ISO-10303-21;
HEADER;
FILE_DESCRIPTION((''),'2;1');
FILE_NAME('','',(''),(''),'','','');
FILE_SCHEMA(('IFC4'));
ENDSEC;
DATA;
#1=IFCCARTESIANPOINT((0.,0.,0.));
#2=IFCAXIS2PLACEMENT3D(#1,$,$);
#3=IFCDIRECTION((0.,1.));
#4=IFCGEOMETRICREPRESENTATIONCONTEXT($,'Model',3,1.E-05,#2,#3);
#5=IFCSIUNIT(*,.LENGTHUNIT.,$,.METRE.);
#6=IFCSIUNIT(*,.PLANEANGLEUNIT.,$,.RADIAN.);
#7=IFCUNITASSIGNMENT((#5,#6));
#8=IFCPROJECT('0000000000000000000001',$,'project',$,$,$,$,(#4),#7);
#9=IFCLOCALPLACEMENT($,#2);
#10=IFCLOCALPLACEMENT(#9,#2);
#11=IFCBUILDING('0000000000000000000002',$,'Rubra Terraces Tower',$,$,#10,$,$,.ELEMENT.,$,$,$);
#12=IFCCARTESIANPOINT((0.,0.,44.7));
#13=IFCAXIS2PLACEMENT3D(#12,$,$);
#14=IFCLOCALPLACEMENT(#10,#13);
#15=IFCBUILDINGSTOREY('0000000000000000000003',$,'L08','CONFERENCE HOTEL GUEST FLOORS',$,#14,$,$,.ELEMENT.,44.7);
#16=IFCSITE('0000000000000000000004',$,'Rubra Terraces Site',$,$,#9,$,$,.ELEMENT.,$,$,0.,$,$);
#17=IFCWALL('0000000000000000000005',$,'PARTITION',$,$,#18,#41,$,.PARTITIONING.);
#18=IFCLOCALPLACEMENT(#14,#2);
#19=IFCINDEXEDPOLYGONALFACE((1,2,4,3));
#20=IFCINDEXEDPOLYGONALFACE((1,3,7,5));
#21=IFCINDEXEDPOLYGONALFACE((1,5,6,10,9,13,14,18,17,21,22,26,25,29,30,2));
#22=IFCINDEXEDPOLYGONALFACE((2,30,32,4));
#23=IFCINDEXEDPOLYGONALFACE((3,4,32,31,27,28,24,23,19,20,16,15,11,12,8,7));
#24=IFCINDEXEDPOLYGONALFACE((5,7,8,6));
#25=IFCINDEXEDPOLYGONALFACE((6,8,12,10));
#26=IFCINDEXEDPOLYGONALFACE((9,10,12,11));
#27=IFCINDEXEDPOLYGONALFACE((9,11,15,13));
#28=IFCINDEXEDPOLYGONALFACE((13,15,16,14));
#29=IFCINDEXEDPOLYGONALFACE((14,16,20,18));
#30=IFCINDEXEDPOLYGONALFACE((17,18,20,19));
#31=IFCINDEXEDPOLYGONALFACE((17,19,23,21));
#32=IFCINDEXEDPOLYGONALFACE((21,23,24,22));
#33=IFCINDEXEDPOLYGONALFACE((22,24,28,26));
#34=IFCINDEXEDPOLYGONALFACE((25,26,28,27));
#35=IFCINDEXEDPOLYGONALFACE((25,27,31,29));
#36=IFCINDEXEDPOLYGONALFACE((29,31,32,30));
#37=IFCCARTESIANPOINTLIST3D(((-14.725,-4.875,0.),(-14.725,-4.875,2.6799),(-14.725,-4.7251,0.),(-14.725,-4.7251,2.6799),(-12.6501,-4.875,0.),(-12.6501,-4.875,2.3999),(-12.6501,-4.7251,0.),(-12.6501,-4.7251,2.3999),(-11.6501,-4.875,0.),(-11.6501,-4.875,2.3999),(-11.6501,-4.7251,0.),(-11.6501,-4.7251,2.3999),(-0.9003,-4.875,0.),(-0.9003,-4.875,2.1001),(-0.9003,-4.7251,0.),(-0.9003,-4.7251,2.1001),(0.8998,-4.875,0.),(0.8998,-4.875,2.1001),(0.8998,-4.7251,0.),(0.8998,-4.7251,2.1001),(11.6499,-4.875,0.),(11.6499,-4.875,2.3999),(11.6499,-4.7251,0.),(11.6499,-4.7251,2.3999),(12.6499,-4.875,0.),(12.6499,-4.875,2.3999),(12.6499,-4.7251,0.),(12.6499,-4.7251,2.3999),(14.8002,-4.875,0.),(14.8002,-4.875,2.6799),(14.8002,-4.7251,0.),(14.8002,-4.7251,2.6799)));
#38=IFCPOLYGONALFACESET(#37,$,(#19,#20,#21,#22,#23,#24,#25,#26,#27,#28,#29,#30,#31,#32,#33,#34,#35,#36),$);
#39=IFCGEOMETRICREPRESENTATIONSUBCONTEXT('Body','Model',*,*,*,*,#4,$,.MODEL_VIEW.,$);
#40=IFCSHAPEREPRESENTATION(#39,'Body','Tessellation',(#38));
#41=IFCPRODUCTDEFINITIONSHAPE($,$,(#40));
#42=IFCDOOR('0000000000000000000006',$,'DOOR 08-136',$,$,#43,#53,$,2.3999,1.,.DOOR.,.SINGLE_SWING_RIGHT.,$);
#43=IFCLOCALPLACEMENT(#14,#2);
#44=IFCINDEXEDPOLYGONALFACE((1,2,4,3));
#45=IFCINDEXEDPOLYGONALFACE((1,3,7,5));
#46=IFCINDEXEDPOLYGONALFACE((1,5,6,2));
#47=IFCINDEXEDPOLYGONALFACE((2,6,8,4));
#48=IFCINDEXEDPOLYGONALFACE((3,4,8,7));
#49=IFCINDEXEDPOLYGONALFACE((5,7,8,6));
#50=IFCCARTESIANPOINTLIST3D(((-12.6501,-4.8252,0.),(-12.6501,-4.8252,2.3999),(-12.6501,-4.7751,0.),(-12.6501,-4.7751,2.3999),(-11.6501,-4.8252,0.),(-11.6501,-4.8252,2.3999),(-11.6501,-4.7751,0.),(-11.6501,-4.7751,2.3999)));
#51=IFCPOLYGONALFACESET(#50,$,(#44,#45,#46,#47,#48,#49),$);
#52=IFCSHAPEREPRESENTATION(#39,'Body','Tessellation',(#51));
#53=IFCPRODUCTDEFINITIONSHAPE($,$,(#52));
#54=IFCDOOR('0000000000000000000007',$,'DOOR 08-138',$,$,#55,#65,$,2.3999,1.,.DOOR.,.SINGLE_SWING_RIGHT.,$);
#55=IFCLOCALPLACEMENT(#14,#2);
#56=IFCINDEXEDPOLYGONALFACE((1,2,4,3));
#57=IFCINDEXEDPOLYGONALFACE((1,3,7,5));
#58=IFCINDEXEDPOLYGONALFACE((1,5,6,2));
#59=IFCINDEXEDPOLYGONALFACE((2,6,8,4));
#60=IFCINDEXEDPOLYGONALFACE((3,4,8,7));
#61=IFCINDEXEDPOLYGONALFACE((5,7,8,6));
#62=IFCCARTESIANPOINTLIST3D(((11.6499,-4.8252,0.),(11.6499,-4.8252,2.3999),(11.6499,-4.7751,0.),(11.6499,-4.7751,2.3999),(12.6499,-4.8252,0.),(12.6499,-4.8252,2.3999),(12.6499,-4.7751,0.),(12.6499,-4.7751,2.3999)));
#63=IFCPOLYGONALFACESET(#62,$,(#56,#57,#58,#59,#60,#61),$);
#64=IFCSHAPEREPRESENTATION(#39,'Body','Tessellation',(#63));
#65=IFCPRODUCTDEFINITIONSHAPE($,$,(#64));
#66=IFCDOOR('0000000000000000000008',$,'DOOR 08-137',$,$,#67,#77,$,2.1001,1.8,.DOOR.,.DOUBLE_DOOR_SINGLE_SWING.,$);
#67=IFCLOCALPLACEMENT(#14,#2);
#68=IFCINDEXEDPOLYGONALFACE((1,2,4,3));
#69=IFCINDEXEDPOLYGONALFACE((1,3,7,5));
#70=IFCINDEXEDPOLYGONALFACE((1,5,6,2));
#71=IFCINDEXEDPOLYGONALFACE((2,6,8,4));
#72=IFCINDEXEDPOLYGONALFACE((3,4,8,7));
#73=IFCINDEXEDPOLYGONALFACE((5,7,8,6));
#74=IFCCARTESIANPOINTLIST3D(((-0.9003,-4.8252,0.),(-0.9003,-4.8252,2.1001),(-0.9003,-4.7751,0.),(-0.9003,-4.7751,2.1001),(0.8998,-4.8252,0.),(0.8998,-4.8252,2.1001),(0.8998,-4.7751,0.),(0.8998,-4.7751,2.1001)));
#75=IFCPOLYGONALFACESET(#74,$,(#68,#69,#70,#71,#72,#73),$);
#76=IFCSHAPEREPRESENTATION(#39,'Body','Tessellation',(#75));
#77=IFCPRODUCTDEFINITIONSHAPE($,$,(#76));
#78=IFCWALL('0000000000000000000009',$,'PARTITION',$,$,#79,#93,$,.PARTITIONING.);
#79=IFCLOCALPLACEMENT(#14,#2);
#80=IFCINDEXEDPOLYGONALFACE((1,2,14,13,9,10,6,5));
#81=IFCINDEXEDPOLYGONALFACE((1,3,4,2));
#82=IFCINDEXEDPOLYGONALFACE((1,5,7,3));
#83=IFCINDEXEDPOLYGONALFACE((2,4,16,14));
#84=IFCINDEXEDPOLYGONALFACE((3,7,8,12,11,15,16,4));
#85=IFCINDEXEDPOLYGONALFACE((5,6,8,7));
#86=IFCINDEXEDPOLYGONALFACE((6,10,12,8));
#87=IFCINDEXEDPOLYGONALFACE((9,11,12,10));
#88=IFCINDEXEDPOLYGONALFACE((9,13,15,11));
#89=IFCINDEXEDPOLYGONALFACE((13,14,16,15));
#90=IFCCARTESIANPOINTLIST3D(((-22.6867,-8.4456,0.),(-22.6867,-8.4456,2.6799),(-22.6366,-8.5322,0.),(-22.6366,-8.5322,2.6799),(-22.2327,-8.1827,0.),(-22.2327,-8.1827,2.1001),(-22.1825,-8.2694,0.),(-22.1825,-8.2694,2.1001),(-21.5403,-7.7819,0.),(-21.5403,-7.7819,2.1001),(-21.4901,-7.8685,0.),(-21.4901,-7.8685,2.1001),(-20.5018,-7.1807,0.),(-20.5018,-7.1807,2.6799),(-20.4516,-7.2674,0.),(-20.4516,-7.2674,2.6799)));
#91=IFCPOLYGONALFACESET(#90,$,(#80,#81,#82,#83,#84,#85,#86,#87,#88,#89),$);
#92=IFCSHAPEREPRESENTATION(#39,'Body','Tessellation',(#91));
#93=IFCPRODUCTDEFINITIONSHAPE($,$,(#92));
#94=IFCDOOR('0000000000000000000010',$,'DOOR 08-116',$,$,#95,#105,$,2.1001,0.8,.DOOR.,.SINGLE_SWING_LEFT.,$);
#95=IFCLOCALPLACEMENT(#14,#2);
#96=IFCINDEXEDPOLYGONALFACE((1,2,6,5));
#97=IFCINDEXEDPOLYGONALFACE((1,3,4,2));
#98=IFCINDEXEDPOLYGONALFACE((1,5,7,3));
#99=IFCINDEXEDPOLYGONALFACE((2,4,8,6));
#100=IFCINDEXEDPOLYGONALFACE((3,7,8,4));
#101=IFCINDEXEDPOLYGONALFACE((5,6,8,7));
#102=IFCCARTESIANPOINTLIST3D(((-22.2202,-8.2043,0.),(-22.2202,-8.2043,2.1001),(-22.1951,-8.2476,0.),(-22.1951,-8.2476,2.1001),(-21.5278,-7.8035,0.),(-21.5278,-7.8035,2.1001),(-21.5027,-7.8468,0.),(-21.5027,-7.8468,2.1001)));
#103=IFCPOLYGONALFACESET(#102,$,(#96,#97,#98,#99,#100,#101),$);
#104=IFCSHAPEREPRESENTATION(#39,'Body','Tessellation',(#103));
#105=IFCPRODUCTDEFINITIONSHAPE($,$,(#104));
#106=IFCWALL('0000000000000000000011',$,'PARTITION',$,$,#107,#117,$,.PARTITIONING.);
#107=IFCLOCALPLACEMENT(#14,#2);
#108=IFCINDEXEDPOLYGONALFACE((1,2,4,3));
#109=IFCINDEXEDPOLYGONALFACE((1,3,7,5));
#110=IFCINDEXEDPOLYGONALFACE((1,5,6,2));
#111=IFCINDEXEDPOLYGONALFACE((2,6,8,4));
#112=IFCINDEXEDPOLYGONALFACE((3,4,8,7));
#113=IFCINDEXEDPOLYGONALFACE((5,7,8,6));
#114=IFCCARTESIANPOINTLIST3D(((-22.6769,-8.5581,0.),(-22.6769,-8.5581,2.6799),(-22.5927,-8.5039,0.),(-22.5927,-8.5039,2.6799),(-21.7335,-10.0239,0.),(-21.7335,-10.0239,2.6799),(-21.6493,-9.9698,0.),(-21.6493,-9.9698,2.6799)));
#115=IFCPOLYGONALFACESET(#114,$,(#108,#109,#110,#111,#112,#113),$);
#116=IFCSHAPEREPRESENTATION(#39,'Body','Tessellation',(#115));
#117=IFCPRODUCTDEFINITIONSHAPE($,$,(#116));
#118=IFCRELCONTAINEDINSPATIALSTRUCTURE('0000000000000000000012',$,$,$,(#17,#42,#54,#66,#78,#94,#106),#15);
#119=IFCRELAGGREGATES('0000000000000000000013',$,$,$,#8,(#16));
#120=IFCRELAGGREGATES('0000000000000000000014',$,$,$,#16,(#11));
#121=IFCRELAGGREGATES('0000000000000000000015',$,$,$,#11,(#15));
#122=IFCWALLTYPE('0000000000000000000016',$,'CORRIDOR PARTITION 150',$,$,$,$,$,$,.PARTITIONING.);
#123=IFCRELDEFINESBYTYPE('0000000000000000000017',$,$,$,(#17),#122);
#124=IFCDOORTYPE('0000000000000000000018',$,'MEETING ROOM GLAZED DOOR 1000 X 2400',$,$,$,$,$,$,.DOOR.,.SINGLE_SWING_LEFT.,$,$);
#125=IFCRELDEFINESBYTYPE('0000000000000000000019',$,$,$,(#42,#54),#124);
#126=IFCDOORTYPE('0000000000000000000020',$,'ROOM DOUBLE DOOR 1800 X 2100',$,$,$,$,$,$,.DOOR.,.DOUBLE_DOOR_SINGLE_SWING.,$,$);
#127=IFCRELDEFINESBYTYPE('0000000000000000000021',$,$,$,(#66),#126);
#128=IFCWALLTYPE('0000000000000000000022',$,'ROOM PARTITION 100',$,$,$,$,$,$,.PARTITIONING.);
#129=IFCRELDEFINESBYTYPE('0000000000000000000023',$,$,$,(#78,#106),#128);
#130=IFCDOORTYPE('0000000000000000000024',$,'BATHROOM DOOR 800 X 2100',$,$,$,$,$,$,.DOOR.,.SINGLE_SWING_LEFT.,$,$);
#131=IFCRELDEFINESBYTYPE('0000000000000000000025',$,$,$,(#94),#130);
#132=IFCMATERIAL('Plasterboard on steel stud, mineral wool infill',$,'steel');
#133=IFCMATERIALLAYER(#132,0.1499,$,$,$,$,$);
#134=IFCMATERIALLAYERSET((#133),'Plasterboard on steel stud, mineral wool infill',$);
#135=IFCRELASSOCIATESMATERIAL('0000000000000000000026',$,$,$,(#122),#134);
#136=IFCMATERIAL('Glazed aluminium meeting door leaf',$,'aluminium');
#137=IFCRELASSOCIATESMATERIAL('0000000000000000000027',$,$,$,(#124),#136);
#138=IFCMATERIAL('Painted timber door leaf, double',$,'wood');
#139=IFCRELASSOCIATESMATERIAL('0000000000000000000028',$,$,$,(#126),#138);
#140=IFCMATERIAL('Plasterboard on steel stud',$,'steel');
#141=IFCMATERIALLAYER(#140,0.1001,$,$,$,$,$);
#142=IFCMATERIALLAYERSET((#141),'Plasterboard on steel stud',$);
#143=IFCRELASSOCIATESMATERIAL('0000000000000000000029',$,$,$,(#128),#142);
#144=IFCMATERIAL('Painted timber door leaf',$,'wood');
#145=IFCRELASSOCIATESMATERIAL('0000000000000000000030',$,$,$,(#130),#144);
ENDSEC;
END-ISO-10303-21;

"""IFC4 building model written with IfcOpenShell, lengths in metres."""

from ifc_helpers import new_model, si_unit, direction, frame, frame_2d, origin, place, context, subcontext, project, spatial, rectangle, extrude, material, layer, layer_set, type_object, element, fill, save


model = new_model("IFC4")

# Units and contexts
model_context = context("Model", 3, precision=1e-05, world=origin(), true_north=direction((0.0, 1.0)))
body_context = subcontext(model_context, "Body", "Model", "MODEL_VIEW")
ifc_project = project(units=[si_unit("LENGTHUNIT", "METRE"), si_unit("PLANEANGLEUNIT", "RADIAN")], contexts=[model_context])

# Site, building, storey
site_placement = place(None, origin())
site = spatial("IfcSite", under=ifc_project, at=site_placement, Name="Rubra Terraces Site", CompositionType="ELEMENT", RefElevation=0.0)
building_placement = place(site_placement, origin())
building = spatial("IfcBuilding", under=site, at=building_placement, Name="Rubra Terraces Tower", CompositionType="ELEMENT")
storey_placement = place(building_placement, frame((0.0, 0.0, 44.7)))
storey = spatial("IfcBuildingStorey", under=building, at=storey_placement, Name="L08", Description="CONFERENCE HOTEL GUEST FLOORS", CompositionType="ELEMENT", Elevation=44.7)

# Shared definitions
ifc_material_1 = material(Name="Plasterboard on steel stud, mineral wool infill", Category="steel")
ifc_layer_1 = layer(ifc_material_1, 0.1499)
ifc_layer_set_1 = layer_set([ifc_layer_1], Name="Plasterboard on steel stud, mineral wool infill")
wall_type_1 = type_object("IfcWallType", Name="CORRIDOR PARTITION 150", PredefinedType="PARTITIONING", material=ifc_layer_set_1)

# Shared definitions
ifc_material_2 = material(Name="Painted timber door leaf", Category="wood")

# Wall, openings, doors
wall_1_placement = place(storey_placement, frame((-14.7251, -4.8, 0.0), z_axis=(0.0, 0.0, 1.0), x_axis=(1.0, 0.0, 0.0)))
wall_1 = element("IfcWall", 1, at=wall_1_placement, inside=storey, type_object=wall_type_1, Name="PARTITION", PredefinedType="PARTITIONING", context=body_context, shape_type="SweptSolid", body=[
    extrude(rectangle(XDim=29.5251, YDim=0.1499, at=frame_2d((14.7627, 0.0))), origin(), (0.0, 0.0, 1.0), 2.6799),
])
opening_1_placement = place(wall_1_placement, frame((2.075, 0.0, 0.0)))
opening_1 = element("IfcOpeningElement", 2, at=opening_1_placement, cuts=wall_1, PredefinedType="OPENING", context=body_context, shape_type="SweptSolid", body=[
    extrude(rectangle(XDim=1.0, YDim=2.3999, at=frame_2d((0.5, 1.2))), frame((0.0, 0.085, 0.0), z_axis=(0.0, -1.0, 0.0), x_axis=(1.0, 0.0, 0.0)), (0.0, 0.0, 1.0), 0.1699),
])
opening_2_placement = place(wall_1_placement, frame((13.825, 0.0, 0.0)))
opening_2 = element("IfcOpeningElement", 3, at=opening_2_placement, cuts=wall_1, PredefinedType="OPENING", context=body_context, shape_type="SweptSolid", body=[
    extrude(rectangle(XDim=1.8, YDim=2.1001, at=frame_2d((0.8999, 1.05))), frame((0.0, 0.085, 0.0), z_axis=(0.0, -1.0, 0.0), x_axis=(1.0, 0.0, 0.0)), (0.0, 0.0, 1.0), 0.1699),
])
opening_3_placement = place(wall_1_placement, frame((26.375, 0.0, 0.0)))
opening_3 = element("IfcOpeningElement", 4, at=opening_3_placement, cuts=wall_1, PredefinedType="OPENING", context=body_context, shape_type="SweptSolid", body=[
    extrude(rectangle(XDim=1.0, YDim=2.3999, at=frame_2d((0.5, 1.2))), frame((0.0, 0.085, 0.0), z_axis=(0.0, -1.0, 0.0), x_axis=(1.0, 0.0, 0.0)), (0.0, 0.0, 1.0), 0.1699),
])
ifc_material_3 = material(Name="Glazed aluminium meeting door leaf", Category="aluminium")
door_type_1 = type_object("IfcDoorType", Name="MEETING ROOM GLAZED DOOR 1000 X 2400", OperationType="SINGLE_SWING_LEFT", PredefinedType="DOOR", material=ifc_material_3)
door_1_placement = place(opening_1_placement, origin())
door_1 = element("IfcDoor", 5, at=door_1_placement, inside=storey, type_object=door_type_1, Name="DOOR 08-136", OperationType="SINGLE_SWING_RIGHT", OverallHeight=2.3999, OverallWidth=1.0, PredefinedType="DOOR", context=body_context, shape_type="SweptSolid", body=[
    extrude(rectangle(XDim=1.0, YDim=2.3999, at=frame_2d((0.5, 1.2))), frame((0.0, 0.0249, 0.0), z_axis=(0.0, -1.0, 0.0), x_axis=(1.0, 0.0, 0.0)), (0.0, 0.0, 1.0), 0.05),
])
fill(opening_1, door_1)
door_2_placement = place(opening_3_placement, origin())
door_2 = element("IfcDoor", 6, at=door_2_placement, inside=storey, type_object=door_type_1, Name="DOOR 08-138", OperationType="SINGLE_SWING_RIGHT", OverallHeight=2.3999, OverallWidth=1.0, PredefinedType="DOOR", context=body_context, shape_type="SweptSolid", body=[
    extrude(rectangle(XDim=1.0, YDim=2.3999, at=frame_2d((0.5, 1.2))), frame((0.0, 0.0249, 0.0), z_axis=(0.0, -1.0, 0.0), x_axis=(1.0, 0.0, 0.0)), (0.0, 0.0, 1.0), 0.05),
])
fill(opening_3, door_2)
ifc_material_4 = material(Name="Painted timber door leaf, double", Category="wood")
door_type_2 = type_object("IfcDoorType", Name="ROOM DOUBLE DOOR 1800 X 2100", OperationType="DOUBLE_DOOR_SINGLE_SWING", PredefinedType="DOOR", material=ifc_material_4)
door_3_placement = place(opening_2_placement, origin())
door_3 = element("IfcDoor", 7, at=door_3_placement, inside=storey, type_object=door_type_2, Name="DOOR 08-137", OperationType="DOUBLE_DOOR_SINGLE_SWING", OverallHeight=2.1001, OverallWidth=1.8, PredefinedType="DOOR", context=body_context, shape_type="SweptSolid", body=[
    extrude(rectangle(XDim=1.8, YDim=2.1001, at=frame_2d((0.8999, 1.05))), frame((0.0, 0.0249, 0.0), z_axis=(0.0, -1.0, 0.0), x_axis=(1.0, 0.0, 0.0)), (0.0, 0.0, 1.0), 0.05),
])
fill(opening_2, door_3)

# Wall, opening, door
ifc_material_5 = material(Name="Plasterboard on steel stud", Category="steel")
ifc_layer_2 = layer(ifc_material_5, 0.1001)
ifc_layer_set_2 = layer_set([ifc_layer_2], Name="Plasterboard on steel stud")
wall_type_2 = type_object("IfcWallType", Name="ROOM PARTITION 100", PredefinedType="PARTITIONING", material=ifc_layer_set_2)
wall_2_placement = place(storey_placement, frame((-20.4768, -7.2241, 0.0), z_axis=(0.0, 0.0, 1.0), x_axis=(-0.865451, -0.500994, 0.0)))
wall_2 = element("IfcWall", 8, at=wall_2_placement, inside=storey, type_object=wall_type_2, Name="PARTITION", PredefinedType="PARTITIONING", context=body_context, shape_type="SweptSolid", body=[
    extrude(rectangle(XDim=2.5247, YDim=0.1001, at=frame_2d((1.2622, 0.0))), origin(), (0.0, 0.0, 1.0), 2.6799),
])
opening_4_placement = place(wall_2_placement, frame((1.2, 0.0, 0.0)))
opening_4 = element("IfcOpeningElement", 9, at=opening_4_placement, cuts=wall_2, PredefinedType="OPENING", context=body_context, shape_type="SweptSolid", body=[
    extrude(rectangle(XDim=0.8, YDim=2.1001, at=frame_2d((0.3999, 1.05))), frame((0.0, 0.0601, 0.0), z_axis=(0.0, -1.0, 0.0), x_axis=(1.0, 0.0, 0.0)), (0.0, 0.0, 1.0), 0.1201),
])
door_type_3 = type_object("IfcDoorType", Name="BATHROOM DOOR 800 X 2100", OperationType="SINGLE_SWING_LEFT", PredefinedType="DOOR", material=ifc_material_2)
door_4_placement = place(opening_4_placement, origin())
door_4 = element("IfcDoor", 10, at=door_4_placement, inside=storey, type_object=door_type_3, Name="DOOR 08-116", OperationType="SINGLE_SWING_LEFT", OverallHeight=2.1001, OverallWidth=0.8, PredefinedType="DOOR", context=body_context, shape_type="SweptSolid", body=[
    extrude(rectangle(XDim=0.8, YDim=2.1001, at=frame_2d((0.3999, 1.05))), frame((0.0, 0.0249, 0.0), z_axis=(0.0, -1.0, 0.0), x_axis=(1.0, 0.0, 0.0)), (0.0, 0.0, 1.0), 0.05),
])
fill(opening_4, door_4)

# Wall
wall_3_placement = place(storey_placement, frame((-22.6348, -8.531, 0.0), z_axis=(0.0, 0.0, 1.0), x_axis=(0.541182, -0.840905, 0.0)))
element("IfcWall", 11, at=wall_3_placement, inside=storey, type_object=wall_type_2, Name="PARTITION", PredefinedType="PARTITIONING", context=body_context, shape_type="SweptSolid", body=[
    extrude(rectangle(XDim=1.7432, YDim=0.1001, at=frame_2d((0.8716, 0.0))), origin(), (0.0, 0.0, 1.0), 2.6799),
])

save(model, "model.ifc")
